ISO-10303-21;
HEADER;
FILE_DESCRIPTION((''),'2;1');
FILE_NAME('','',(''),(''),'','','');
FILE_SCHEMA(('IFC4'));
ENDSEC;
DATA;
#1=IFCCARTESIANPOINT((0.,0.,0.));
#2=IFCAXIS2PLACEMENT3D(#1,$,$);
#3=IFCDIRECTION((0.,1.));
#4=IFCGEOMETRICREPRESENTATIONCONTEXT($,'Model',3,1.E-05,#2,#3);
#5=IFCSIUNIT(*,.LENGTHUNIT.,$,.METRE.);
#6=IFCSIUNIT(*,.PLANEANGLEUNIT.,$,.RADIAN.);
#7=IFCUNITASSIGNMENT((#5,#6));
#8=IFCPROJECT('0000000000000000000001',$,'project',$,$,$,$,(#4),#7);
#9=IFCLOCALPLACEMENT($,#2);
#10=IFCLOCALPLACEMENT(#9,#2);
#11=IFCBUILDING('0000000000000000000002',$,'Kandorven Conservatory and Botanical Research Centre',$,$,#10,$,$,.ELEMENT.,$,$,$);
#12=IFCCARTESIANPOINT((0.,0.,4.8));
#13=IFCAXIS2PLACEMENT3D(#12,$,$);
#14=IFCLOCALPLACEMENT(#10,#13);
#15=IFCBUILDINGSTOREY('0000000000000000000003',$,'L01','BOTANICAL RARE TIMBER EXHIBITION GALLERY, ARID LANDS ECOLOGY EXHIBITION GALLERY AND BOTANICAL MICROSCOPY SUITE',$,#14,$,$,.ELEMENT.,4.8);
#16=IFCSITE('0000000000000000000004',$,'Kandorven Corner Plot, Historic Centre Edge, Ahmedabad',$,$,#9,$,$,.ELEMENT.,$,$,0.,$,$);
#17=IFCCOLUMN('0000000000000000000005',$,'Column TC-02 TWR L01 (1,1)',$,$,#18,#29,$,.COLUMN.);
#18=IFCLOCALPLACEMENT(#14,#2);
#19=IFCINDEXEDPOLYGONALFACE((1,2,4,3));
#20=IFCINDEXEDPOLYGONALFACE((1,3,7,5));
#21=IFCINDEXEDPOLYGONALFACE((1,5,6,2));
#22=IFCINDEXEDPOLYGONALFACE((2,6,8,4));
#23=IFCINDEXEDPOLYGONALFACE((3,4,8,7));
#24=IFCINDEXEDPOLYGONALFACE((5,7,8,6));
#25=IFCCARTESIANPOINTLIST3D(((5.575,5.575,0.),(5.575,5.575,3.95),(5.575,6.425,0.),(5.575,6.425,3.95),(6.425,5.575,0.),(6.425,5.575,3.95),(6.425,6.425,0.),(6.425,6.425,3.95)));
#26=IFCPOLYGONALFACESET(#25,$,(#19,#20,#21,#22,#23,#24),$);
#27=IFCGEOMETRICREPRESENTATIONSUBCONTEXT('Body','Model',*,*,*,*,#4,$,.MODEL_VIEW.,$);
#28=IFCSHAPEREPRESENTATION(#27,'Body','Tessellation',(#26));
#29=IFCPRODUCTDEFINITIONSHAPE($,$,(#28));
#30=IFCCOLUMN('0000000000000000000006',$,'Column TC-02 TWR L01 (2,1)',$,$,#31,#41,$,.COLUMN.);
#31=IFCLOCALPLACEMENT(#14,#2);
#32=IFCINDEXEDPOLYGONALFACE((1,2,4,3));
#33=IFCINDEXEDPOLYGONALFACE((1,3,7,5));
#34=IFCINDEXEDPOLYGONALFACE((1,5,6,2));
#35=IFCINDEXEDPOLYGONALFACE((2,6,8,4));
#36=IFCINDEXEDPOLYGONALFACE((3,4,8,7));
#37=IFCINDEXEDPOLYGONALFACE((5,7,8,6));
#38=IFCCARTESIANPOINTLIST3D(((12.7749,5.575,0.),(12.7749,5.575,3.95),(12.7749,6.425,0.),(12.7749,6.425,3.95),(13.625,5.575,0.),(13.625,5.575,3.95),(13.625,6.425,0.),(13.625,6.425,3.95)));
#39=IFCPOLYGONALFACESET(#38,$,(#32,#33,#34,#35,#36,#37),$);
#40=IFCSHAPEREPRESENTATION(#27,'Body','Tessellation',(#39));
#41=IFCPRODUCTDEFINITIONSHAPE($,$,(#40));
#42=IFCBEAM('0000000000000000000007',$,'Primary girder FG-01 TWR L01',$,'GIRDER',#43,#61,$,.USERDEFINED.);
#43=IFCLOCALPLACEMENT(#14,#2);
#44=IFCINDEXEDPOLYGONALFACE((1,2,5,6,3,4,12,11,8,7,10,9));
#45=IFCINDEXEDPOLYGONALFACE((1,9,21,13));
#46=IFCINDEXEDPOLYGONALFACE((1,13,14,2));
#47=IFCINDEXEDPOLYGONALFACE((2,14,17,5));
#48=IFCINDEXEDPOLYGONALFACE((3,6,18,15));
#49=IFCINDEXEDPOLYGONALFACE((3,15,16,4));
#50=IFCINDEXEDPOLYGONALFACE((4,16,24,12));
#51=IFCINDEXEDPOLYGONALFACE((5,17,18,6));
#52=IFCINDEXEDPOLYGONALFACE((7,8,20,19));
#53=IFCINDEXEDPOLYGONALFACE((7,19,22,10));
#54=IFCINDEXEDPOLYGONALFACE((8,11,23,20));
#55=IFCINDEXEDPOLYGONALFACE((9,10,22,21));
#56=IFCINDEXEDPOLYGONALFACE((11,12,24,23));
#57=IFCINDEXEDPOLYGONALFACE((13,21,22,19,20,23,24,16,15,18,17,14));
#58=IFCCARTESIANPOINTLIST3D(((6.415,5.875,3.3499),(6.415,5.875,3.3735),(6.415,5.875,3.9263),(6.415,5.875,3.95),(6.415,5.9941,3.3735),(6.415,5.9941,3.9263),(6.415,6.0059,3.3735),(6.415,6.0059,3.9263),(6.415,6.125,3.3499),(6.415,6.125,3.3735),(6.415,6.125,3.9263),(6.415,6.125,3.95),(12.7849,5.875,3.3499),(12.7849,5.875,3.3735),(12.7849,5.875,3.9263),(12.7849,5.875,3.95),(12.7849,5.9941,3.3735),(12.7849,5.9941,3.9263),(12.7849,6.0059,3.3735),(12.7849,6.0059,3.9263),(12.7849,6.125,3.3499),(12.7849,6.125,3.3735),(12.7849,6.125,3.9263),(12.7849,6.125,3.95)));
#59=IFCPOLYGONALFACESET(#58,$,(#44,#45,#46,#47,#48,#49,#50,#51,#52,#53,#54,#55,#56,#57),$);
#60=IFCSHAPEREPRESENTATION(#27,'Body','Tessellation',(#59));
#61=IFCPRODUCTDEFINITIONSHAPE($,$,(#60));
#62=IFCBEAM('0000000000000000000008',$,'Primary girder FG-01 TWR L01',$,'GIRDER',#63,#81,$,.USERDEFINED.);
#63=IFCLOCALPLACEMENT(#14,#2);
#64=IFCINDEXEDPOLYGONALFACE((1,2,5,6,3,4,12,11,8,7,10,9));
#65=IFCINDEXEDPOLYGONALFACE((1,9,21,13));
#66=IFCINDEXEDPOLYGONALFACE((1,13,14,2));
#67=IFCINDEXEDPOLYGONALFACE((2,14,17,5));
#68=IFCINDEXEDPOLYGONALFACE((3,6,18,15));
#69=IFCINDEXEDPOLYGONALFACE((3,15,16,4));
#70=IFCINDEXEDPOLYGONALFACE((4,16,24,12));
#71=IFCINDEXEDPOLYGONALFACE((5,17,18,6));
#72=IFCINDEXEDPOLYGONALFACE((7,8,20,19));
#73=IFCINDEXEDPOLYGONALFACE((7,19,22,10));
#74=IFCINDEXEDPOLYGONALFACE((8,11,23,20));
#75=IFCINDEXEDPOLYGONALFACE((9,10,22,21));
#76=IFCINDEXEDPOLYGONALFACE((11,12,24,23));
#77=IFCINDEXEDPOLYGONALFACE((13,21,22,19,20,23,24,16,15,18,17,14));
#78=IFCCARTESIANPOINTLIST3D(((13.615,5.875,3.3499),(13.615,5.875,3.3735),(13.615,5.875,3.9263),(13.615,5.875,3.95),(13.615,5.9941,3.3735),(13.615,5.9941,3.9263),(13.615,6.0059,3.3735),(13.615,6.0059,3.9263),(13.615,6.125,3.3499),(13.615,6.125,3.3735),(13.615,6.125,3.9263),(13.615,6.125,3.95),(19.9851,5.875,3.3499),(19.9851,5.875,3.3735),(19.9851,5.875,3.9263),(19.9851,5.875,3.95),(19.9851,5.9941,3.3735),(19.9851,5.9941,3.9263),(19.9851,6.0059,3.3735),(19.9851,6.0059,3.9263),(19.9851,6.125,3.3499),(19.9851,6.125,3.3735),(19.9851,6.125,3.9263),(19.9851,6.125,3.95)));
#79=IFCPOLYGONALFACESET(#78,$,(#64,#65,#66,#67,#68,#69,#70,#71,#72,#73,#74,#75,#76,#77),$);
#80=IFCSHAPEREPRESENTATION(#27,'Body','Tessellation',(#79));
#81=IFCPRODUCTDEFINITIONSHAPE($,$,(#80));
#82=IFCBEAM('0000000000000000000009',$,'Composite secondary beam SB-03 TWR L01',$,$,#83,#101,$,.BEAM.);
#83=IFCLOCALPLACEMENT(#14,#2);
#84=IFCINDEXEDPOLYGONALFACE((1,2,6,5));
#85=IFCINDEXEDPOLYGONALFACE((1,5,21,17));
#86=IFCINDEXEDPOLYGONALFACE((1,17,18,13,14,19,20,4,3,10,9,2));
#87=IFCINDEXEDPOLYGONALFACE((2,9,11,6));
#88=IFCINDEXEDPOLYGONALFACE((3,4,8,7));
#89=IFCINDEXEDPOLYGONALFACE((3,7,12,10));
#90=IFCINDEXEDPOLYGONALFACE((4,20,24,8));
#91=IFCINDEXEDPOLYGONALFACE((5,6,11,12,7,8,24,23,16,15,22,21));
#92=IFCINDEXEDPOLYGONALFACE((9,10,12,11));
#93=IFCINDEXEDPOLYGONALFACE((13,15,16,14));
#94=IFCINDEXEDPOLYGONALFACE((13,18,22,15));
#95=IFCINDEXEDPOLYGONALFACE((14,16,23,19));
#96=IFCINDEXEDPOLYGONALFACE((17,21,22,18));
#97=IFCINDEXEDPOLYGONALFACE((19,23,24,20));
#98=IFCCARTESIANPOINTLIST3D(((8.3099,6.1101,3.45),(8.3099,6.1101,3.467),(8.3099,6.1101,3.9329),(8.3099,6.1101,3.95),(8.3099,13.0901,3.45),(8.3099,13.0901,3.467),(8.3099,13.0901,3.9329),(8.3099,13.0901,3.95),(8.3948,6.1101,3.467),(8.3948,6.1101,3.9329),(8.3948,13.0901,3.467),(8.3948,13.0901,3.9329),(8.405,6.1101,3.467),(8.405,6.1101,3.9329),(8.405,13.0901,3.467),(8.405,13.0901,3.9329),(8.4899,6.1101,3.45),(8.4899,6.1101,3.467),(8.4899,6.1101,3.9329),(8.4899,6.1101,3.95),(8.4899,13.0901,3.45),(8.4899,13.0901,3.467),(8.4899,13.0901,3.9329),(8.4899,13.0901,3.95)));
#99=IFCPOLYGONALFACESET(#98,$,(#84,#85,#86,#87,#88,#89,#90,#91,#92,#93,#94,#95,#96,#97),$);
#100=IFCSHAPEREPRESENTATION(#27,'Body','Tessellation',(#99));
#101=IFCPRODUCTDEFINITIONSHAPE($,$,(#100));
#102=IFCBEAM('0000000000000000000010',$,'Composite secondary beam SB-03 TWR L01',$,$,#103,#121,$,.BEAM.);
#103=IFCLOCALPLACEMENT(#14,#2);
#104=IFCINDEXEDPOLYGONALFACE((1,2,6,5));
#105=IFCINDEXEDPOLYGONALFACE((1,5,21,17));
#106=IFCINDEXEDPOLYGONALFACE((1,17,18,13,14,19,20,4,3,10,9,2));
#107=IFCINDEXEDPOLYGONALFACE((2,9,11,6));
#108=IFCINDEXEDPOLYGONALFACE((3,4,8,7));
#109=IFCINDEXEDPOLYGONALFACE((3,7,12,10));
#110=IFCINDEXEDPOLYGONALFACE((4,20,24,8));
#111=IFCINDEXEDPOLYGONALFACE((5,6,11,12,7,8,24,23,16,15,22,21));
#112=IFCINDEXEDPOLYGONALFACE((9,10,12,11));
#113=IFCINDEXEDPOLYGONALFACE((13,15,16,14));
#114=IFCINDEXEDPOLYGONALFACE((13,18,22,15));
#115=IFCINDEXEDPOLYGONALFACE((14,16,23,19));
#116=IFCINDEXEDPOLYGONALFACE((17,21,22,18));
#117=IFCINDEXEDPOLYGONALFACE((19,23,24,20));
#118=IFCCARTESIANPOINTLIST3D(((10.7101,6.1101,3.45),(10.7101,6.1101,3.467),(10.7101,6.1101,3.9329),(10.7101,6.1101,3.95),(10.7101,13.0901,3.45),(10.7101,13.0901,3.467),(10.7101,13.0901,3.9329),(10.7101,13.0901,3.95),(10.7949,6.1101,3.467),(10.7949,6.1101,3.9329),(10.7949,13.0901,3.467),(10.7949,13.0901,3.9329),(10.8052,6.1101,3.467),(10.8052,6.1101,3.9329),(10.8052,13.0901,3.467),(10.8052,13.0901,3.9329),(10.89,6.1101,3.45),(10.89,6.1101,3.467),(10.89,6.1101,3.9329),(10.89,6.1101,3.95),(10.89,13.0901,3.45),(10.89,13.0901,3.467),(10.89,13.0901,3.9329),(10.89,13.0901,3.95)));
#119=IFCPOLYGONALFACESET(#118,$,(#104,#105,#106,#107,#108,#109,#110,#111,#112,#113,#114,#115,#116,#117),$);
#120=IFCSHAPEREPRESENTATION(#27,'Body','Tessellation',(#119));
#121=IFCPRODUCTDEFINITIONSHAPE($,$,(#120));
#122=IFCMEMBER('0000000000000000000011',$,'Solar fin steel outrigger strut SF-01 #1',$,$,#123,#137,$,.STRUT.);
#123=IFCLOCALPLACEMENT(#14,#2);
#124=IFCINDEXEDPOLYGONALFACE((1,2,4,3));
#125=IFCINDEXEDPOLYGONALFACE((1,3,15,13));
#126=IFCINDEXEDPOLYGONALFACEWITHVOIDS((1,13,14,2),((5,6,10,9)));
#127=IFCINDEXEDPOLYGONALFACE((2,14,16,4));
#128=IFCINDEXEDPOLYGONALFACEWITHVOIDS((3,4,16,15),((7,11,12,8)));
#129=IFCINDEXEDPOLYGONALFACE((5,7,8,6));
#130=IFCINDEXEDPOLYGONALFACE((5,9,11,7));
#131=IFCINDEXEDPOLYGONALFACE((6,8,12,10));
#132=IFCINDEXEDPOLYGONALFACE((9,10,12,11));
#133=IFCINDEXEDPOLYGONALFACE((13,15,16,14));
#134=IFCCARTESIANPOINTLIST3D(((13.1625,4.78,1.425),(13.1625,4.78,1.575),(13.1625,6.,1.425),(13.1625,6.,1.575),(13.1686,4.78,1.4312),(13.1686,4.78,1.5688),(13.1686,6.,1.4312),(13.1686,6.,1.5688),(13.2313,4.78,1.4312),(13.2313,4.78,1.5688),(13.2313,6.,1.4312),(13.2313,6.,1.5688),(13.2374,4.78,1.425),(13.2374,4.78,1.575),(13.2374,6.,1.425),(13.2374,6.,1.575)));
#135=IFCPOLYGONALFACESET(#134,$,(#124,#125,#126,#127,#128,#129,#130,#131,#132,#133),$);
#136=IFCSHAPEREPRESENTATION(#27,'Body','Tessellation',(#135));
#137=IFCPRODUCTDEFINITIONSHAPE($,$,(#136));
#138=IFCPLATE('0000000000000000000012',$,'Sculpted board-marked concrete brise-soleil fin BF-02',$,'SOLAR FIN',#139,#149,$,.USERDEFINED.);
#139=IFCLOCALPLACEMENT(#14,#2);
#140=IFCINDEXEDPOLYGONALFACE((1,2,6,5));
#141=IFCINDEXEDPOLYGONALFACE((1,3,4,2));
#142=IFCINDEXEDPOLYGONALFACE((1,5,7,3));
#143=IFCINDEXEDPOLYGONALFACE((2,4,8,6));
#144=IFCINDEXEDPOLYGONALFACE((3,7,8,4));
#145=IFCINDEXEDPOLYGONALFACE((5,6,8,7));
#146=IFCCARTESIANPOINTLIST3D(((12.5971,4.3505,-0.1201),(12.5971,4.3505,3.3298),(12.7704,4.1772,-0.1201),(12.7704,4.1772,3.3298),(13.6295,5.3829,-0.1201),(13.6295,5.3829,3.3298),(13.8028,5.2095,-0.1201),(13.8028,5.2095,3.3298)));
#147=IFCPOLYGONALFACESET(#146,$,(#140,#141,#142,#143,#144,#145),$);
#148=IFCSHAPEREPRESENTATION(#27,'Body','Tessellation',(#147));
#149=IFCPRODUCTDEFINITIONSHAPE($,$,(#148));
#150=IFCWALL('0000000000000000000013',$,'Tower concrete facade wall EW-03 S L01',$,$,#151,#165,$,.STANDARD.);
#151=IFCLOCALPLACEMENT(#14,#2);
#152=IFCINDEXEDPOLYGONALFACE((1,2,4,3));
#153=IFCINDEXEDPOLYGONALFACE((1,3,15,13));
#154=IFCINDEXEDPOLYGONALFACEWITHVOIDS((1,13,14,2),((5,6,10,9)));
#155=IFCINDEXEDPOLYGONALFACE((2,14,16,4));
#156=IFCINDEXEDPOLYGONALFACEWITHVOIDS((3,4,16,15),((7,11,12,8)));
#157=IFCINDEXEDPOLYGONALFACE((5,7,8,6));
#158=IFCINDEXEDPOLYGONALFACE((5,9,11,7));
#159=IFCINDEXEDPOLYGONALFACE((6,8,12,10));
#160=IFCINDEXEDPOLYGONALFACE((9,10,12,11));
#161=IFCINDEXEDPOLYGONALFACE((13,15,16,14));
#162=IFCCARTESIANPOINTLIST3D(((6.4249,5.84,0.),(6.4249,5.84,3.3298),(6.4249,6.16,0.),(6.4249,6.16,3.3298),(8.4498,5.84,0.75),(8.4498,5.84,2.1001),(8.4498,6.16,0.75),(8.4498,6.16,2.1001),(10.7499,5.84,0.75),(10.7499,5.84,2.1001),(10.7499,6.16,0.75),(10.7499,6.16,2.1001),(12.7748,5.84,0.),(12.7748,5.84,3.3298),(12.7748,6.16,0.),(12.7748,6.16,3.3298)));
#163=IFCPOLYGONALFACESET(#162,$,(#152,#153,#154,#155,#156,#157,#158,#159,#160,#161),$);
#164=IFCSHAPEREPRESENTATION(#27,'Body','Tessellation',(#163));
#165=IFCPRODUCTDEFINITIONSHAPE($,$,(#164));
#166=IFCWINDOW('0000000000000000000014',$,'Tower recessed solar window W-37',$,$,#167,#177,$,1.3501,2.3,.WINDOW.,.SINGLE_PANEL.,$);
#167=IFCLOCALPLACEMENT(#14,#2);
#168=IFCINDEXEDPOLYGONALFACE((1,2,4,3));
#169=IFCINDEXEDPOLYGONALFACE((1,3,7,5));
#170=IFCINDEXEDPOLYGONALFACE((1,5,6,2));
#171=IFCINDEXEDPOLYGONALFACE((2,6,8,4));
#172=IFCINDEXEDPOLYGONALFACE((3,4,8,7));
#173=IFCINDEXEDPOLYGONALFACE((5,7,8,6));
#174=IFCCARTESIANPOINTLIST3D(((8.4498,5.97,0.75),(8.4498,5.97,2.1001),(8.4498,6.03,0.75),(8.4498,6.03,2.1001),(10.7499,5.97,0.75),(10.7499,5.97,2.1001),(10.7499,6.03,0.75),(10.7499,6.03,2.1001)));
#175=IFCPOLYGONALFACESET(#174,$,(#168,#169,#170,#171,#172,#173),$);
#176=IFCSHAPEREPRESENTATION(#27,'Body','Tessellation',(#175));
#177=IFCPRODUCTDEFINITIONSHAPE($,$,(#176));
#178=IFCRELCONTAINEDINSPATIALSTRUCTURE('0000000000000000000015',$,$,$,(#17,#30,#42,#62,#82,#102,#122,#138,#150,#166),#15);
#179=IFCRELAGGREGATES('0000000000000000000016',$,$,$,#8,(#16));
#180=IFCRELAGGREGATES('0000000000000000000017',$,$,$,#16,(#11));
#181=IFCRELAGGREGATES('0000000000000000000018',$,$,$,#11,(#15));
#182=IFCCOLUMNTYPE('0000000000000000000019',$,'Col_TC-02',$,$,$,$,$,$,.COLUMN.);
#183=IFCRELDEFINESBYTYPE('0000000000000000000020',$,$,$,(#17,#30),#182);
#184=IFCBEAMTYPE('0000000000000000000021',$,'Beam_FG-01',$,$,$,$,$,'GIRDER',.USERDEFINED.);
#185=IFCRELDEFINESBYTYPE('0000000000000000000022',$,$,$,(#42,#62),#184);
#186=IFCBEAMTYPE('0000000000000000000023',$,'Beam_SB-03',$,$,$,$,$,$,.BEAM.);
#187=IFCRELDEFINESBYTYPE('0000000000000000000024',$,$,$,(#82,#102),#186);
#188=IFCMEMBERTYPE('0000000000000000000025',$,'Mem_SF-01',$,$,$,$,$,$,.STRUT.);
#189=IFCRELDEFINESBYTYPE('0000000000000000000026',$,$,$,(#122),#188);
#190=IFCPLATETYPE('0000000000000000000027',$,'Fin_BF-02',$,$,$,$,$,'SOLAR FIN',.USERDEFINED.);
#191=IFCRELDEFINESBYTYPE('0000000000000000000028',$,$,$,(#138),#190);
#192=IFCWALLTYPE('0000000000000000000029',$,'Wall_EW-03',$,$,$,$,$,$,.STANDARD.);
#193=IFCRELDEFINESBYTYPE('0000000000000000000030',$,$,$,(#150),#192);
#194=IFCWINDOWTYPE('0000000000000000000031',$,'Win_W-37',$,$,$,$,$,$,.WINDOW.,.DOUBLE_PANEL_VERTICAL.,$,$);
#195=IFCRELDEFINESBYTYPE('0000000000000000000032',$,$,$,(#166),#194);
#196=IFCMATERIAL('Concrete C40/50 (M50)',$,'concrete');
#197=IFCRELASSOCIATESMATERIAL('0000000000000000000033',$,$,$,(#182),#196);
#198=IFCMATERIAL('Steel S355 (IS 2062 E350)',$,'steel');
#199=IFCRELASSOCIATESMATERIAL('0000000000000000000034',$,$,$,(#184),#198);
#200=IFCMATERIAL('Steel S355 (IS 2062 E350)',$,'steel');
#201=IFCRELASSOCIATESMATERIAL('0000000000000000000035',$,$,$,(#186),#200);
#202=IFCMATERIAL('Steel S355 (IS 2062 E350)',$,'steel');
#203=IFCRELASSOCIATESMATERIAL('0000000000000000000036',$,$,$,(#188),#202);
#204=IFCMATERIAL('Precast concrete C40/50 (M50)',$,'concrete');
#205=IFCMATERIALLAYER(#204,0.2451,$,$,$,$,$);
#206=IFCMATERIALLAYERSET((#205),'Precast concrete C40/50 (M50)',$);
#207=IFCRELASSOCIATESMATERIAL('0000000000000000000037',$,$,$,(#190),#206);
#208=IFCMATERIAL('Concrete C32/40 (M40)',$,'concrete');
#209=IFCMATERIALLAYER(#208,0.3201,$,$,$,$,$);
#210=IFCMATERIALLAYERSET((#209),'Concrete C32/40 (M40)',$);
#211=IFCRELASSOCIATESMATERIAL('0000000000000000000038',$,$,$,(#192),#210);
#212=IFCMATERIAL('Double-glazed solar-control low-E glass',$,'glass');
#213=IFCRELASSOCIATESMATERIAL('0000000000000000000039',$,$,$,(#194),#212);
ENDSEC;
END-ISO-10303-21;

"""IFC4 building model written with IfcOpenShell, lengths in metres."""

from ifc_helpers import new_model, si_unit, direction, frame, frame_2d, origin, origin_2d, place, context, subcontext, project, spatial, rectangle, hollow_rectangle, i_section, extrude, material, layer, layer_set, material_profile, profile_set, type_object, element, fill, save


model = new_model("IFC4")

# Units and contexts
model_context = context("Model", 3, precision=1e-05, world=origin(), true_north=direction((0.0, 1.0)))
body_context = subcontext(model_context, "Body", "Model", "MODEL_VIEW")
ifc_project = project(units=[si_unit("LENGTHUNIT", "METRE"), si_unit("PLANEANGLEUNIT", "RADIAN")], contexts=[model_context])

# Site, building, storey
site_placement = place(None, origin())
site = spatial("IfcSite", under=ifc_project, at=site_placement, Name="Kandorven Corner Plot, Historic Centre Edge, Ahmedabad", CompositionType="ELEMENT", RefElevation=0.0)
building_placement = place(site_placement, origin())
building = spatial("IfcBuilding", under=site, at=building_placement, Name="Kandorven Conservatory and Botanical Research Centre", CompositionType="ELEMENT")
storey_placement = place(building_placement, frame((0.0, 0.0, 4.8)))
storey = spatial("IfcBuildingStorey", under=building, at=storey_placement, Name="L01", Description="BOTANICAL RARE TIMBER EXHIBITION GALLERY, ARID LANDS ECOLOGY EXHIBITION GALLERY AND BOTANICAL MICROSCOPY SUITE", CompositionType="ELEMENT", Elevation=4.8)

# Columns
ifc_material_1 = material(Name="Concrete C40/50 (M50)", Category="concrete")
ifc_material_profile_1 = material_profile(ifc_material_1, rectangle(XDim=0.8501, YDim=0.8501, at=origin_2d()))
ifc_profile_set_1 = profile_set([ifc_material_profile_1], Name="Concrete C40/50 (M50)")
column_type = type_object("IfcColumnType", Name="Col_TC-02", PredefinedType="COLUMN", material=ifc_profile_set_1)
for number, where, z_axis, x_axis, name in (
    (1, (6.0, 6.0, 0.0), (0.0, 0.0, 1.0), (1.0, 0.0, 0.0), "Column TC-02 TWR L01 (1,1)"),
    (2, (13.2, 6.0, 0.0), (0.0, 0.0, 1.0), (1.0, 0.0, 0.0), "Column TC-02 TWR L01 (2,1)"),
):
    element("IfcColumn", number, at=place(storey_placement, frame(where, z_axis=z_axis, x_axis=x_axis)), inside=storey, type_object=column_type, Name=name, PredefinedType="COLUMN", context=body_context, shape_type="SweptSolid", body=[
        extrude(rectangle(XDim=0.8501, YDim=0.8501, at=origin_2d()), origin(), (0.0, 0.0, 1.0), 3.95),
    ])

# Beams
ifc_material_2 = material(Name="Steel S355 (IS 2062 E350)", Category="steel")
ifc_material_profile_2 = material_profile(ifc_material_2, i_section(OverallWidth=0.25, OverallDepth=0.6001, WebThickness=0.0117, FlangeThickness=0.0237, at=origin_2d()))
ifc_profile_set_2 = profile_set([ifc_material_profile_2], Name="Steel S355 (IS 2062 E350)")
beam_type_1 = type_object("IfcBeamType", Name="Beam_FG-01", ElementType="GIRDER", PredefinedType="USERDEFINED", material=ifc_profile_set_2)
beam_1_placement = place(storey_placement, frame((6.415, 6.0, 3.6499), z_axis=(1.0, 0.0, 0.0), x_axis=(0.0, 1.0, 0.0)))
element("IfcBeam", 3, at=beam_1_placement, inside=storey, type_object=beam_type_1, Name="Primary girder FG-01 TWR L01", ObjectType="GIRDER", PredefinedType="USERDEFINED", context=body_context, shape_type="SweptSolid", body=[
    extrude(i_section(OverallWidth=0.25, OverallDepth=0.6001, WebThickness=0.0117, FlangeThickness=0.0237, at=origin_2d()), origin(), (0.0, 0.0, 1.0), 6.3699),
])
beam_2_placement = place(storey_placement, frame((13.615, 6.0, 3.6499), z_axis=(1.0, 0.0, 0.0), x_axis=(0.0, 1.0, 0.0)))
element("IfcBeam", 4, at=beam_2_placement, inside=storey, type_object=beam_type_1, Name="Primary girder FG-01 TWR L01", ObjectType="GIRDER", PredefinedType="USERDEFINED", context=body_context, shape_type="SweptSolid", body=[
    extrude(i_section(OverallWidth=0.25, OverallDepth=0.6001, WebThickness=0.0117, FlangeThickness=0.0237, at=origin_2d()), origin(), (0.0, 0.0, 1.0), 6.3701),
])
ifc_material_3 = material(Name="Steel S355 (IS 2062 E350)", Category="steel")
ifc_material_profile_3 = material_profile(ifc_material_3, i_section(OverallWidth=0.1799, OverallDepth=0.5, WebThickness=0.0103, FlangeThickness=0.0171, at=origin_2d()))
ifc_profile_set_3 = profile_set([ifc_material_profile_3], Name="Steel S355 (IS 2062 E350)")
beam_type_2 = type_object("IfcBeamType", Name="Beam_SB-03", PredefinedType="BEAM", material=ifc_profile_set_3)
for number, where, z_axis, x_axis, name in (
    (5, (8.3999, 6.1101, 3.7), (0.0, 1.0, 0.0), (-1.0, 0.0, 0.0), "Composite secondary beam SB-03 TWR L01"),
    (6, (10.8, 6.1101, 3.7), (0.0, 1.0, 0.0), (-1.0, 0.0, 0.0), "Composite secondary beam SB-03 TWR L01"),
):
    element("IfcBeam", number, at=place(storey_placement, frame(where, z_axis=z_axis, x_axis=x_axis)), inside=storey, type_object=beam_type_2, Name=name, PredefinedType="BEAM", context=body_context, shape_type="SweptSolid", body=[
        extrude(i_section(OverallWidth=0.1799, OverallDepth=0.5, WebThickness=0.0103, FlangeThickness=0.0171, at=origin_2d()), origin(), (0.0, 0.0, 1.0), 6.98),
    ])

# Member
ifc_material_4 = material(Name="Steel S355 (IS 2062 E350)", Category="steel")
ifc_material_profile_4 = material_profile(ifc_material_4, hollow_rectangle(XDim=0.075, YDim=0.1499, WallThickness=0.0061, at=origin_2d()))
ifc_profile_set_4 = profile_set([ifc_material_profile_4], Name="Steel S355 (IS 2062 E350)")
member_type = type_object("IfcMemberType", Name="Mem_SF-01", PredefinedType="STRUT", material=ifc_profile_set_4)
member_placement = place(storey_placement, frame((13.2, 6.0, 1.5), z_axis=(0.0, -1.0, 0.0), x_axis=(1.0, 0.0, 0.0)))
element("IfcMember", 7, at=member_placement, inside=storey, type_object=member_type, Name="Solar fin steel outrigger strut SF-01 #1", PredefinedType="STRUT", context=body_context, shape_type="SweptSolid", body=[
    extrude(hollow_rectangle(XDim=0.075, YDim=0.1499, WallThickness=0.0061, at=origin_2d()), origin(), (0.0, 0.0, 1.0), 1.22),
])

# Plate
ifc_material_5 = material(Name="Precast concrete C40/50 (M50)", Category="concrete")
ifc_layer_1 = layer(ifc_material_5, 0.2451)
ifc_layer_set_1 = layer_set([ifc_layer_1], Name="Precast concrete C40/50 (M50)")
plate_type = type_object("IfcPlateType", Name="Fin_BF-02", ElementType="SOLAR FIN", PredefinedType="USERDEFINED", material=ifc_layer_set_1)
plate_placement = place(storey_placement, frame((13.2, 4.78, -0.1201), z_axis=(0.0, 0.0, 1.0), x_axis=(0.707107, 0.707107, 0.0)))
element("IfcPlate", 8, at=plate_placement, inside=storey, type_object=plate_type, Name="Sculpted board-marked concrete brise-soleil fin BF-02", ObjectType="SOLAR FIN", PredefinedType="USERDEFINED", context=body_context, shape_type="SweptSolid", body=[
    extrude(rectangle(XDim=1.46, YDim=0.2451, at=origin_2d()), origin(), (0.0, 0.0, 1.0), 3.45),
])

# Wall, opening, window
ifc_material_6 = material(Name="Concrete C32/40 (M40)", Category="concrete")
ifc_layer_2 = layer(ifc_material_6, 0.3201)
ifc_layer_set_2 = layer_set([ifc_layer_2], Name="Concrete C32/40 (M40)")
wall_type = type_object("IfcWallType", Name="Wall_EW-03", PredefinedType="STANDARD", material=ifc_layer_set_2)
wall_placement = place(storey_placement, frame((6.425, 6.0, 0.0), z_axis=(0.0, 0.0, 1.0), x_axis=(1.0, 0.0, 0.0)))
wall = element("IfcWall", 9, at=wall_placement, inside=storey, type_object=wall_type, Name="Tower concrete facade wall EW-03 S L01", PredefinedType="STANDARD", context=body_context, shape_type="SweptSolid", body=[
    extrude(rectangle(XDim=6.3499, YDim=0.3201, at=frame_2d((3.1748, 0.0))), origin(), (0.0, 0.0, 1.0), 3.3298),
])
opening_placement = place(wall_placement, frame((2.0249, 0.0, 0.75)))
opening = element("IfcOpeningElement", 10, at=opening_placement, cuts=wall, PredefinedType="OPENING", context=body_context, shape_type="SweptSolid", body=[
    extrude(rectangle(XDim=2.3, YDim=1.3501, at=frame_2d((1.1499, 0.675))), frame((0.0, 0.1699, 0.0), z_axis=(0.0, -1.0, 0.0), x_axis=(1.0, 0.0, 0.0)), (0.0, 0.0, 1.0), 0.3401),
])
ifc_material_7 = material(Name="Double-glazed solar-control low-E glass", Category="glass")
window_type = type_object("IfcWindowType", Name="Win_W-37", PartitioningType="DOUBLE_PANEL_VERTICAL", PredefinedType="WINDOW", material=ifc_material_7)
window_placement = place(opening_placement, origin())
window = element("IfcWindow", 11, at=window_placement, inside=storey, type_object=window_type, Name="Tower recessed solar window W-37", OverallHeight=1.3501, OverallWidth=2.3, PartitioningType="SINGLE_PANEL", PredefinedType="WINDOW", context=body_context, shape_type="SweptSolid", body=[
    extrude(rectangle(XDim=2.3, YDim=1.3501, at=frame_2d((1.1499, 0.675))), frame((0.0, 0.03, 0.0), z_axis=(0.0, -1.0, 0.0), x_axis=(1.0, 0.0, 0.0)), (0.0, 0.0, 1.0), 0.0601),
])
fill(opening, window)

save(model, "model.ifc")
